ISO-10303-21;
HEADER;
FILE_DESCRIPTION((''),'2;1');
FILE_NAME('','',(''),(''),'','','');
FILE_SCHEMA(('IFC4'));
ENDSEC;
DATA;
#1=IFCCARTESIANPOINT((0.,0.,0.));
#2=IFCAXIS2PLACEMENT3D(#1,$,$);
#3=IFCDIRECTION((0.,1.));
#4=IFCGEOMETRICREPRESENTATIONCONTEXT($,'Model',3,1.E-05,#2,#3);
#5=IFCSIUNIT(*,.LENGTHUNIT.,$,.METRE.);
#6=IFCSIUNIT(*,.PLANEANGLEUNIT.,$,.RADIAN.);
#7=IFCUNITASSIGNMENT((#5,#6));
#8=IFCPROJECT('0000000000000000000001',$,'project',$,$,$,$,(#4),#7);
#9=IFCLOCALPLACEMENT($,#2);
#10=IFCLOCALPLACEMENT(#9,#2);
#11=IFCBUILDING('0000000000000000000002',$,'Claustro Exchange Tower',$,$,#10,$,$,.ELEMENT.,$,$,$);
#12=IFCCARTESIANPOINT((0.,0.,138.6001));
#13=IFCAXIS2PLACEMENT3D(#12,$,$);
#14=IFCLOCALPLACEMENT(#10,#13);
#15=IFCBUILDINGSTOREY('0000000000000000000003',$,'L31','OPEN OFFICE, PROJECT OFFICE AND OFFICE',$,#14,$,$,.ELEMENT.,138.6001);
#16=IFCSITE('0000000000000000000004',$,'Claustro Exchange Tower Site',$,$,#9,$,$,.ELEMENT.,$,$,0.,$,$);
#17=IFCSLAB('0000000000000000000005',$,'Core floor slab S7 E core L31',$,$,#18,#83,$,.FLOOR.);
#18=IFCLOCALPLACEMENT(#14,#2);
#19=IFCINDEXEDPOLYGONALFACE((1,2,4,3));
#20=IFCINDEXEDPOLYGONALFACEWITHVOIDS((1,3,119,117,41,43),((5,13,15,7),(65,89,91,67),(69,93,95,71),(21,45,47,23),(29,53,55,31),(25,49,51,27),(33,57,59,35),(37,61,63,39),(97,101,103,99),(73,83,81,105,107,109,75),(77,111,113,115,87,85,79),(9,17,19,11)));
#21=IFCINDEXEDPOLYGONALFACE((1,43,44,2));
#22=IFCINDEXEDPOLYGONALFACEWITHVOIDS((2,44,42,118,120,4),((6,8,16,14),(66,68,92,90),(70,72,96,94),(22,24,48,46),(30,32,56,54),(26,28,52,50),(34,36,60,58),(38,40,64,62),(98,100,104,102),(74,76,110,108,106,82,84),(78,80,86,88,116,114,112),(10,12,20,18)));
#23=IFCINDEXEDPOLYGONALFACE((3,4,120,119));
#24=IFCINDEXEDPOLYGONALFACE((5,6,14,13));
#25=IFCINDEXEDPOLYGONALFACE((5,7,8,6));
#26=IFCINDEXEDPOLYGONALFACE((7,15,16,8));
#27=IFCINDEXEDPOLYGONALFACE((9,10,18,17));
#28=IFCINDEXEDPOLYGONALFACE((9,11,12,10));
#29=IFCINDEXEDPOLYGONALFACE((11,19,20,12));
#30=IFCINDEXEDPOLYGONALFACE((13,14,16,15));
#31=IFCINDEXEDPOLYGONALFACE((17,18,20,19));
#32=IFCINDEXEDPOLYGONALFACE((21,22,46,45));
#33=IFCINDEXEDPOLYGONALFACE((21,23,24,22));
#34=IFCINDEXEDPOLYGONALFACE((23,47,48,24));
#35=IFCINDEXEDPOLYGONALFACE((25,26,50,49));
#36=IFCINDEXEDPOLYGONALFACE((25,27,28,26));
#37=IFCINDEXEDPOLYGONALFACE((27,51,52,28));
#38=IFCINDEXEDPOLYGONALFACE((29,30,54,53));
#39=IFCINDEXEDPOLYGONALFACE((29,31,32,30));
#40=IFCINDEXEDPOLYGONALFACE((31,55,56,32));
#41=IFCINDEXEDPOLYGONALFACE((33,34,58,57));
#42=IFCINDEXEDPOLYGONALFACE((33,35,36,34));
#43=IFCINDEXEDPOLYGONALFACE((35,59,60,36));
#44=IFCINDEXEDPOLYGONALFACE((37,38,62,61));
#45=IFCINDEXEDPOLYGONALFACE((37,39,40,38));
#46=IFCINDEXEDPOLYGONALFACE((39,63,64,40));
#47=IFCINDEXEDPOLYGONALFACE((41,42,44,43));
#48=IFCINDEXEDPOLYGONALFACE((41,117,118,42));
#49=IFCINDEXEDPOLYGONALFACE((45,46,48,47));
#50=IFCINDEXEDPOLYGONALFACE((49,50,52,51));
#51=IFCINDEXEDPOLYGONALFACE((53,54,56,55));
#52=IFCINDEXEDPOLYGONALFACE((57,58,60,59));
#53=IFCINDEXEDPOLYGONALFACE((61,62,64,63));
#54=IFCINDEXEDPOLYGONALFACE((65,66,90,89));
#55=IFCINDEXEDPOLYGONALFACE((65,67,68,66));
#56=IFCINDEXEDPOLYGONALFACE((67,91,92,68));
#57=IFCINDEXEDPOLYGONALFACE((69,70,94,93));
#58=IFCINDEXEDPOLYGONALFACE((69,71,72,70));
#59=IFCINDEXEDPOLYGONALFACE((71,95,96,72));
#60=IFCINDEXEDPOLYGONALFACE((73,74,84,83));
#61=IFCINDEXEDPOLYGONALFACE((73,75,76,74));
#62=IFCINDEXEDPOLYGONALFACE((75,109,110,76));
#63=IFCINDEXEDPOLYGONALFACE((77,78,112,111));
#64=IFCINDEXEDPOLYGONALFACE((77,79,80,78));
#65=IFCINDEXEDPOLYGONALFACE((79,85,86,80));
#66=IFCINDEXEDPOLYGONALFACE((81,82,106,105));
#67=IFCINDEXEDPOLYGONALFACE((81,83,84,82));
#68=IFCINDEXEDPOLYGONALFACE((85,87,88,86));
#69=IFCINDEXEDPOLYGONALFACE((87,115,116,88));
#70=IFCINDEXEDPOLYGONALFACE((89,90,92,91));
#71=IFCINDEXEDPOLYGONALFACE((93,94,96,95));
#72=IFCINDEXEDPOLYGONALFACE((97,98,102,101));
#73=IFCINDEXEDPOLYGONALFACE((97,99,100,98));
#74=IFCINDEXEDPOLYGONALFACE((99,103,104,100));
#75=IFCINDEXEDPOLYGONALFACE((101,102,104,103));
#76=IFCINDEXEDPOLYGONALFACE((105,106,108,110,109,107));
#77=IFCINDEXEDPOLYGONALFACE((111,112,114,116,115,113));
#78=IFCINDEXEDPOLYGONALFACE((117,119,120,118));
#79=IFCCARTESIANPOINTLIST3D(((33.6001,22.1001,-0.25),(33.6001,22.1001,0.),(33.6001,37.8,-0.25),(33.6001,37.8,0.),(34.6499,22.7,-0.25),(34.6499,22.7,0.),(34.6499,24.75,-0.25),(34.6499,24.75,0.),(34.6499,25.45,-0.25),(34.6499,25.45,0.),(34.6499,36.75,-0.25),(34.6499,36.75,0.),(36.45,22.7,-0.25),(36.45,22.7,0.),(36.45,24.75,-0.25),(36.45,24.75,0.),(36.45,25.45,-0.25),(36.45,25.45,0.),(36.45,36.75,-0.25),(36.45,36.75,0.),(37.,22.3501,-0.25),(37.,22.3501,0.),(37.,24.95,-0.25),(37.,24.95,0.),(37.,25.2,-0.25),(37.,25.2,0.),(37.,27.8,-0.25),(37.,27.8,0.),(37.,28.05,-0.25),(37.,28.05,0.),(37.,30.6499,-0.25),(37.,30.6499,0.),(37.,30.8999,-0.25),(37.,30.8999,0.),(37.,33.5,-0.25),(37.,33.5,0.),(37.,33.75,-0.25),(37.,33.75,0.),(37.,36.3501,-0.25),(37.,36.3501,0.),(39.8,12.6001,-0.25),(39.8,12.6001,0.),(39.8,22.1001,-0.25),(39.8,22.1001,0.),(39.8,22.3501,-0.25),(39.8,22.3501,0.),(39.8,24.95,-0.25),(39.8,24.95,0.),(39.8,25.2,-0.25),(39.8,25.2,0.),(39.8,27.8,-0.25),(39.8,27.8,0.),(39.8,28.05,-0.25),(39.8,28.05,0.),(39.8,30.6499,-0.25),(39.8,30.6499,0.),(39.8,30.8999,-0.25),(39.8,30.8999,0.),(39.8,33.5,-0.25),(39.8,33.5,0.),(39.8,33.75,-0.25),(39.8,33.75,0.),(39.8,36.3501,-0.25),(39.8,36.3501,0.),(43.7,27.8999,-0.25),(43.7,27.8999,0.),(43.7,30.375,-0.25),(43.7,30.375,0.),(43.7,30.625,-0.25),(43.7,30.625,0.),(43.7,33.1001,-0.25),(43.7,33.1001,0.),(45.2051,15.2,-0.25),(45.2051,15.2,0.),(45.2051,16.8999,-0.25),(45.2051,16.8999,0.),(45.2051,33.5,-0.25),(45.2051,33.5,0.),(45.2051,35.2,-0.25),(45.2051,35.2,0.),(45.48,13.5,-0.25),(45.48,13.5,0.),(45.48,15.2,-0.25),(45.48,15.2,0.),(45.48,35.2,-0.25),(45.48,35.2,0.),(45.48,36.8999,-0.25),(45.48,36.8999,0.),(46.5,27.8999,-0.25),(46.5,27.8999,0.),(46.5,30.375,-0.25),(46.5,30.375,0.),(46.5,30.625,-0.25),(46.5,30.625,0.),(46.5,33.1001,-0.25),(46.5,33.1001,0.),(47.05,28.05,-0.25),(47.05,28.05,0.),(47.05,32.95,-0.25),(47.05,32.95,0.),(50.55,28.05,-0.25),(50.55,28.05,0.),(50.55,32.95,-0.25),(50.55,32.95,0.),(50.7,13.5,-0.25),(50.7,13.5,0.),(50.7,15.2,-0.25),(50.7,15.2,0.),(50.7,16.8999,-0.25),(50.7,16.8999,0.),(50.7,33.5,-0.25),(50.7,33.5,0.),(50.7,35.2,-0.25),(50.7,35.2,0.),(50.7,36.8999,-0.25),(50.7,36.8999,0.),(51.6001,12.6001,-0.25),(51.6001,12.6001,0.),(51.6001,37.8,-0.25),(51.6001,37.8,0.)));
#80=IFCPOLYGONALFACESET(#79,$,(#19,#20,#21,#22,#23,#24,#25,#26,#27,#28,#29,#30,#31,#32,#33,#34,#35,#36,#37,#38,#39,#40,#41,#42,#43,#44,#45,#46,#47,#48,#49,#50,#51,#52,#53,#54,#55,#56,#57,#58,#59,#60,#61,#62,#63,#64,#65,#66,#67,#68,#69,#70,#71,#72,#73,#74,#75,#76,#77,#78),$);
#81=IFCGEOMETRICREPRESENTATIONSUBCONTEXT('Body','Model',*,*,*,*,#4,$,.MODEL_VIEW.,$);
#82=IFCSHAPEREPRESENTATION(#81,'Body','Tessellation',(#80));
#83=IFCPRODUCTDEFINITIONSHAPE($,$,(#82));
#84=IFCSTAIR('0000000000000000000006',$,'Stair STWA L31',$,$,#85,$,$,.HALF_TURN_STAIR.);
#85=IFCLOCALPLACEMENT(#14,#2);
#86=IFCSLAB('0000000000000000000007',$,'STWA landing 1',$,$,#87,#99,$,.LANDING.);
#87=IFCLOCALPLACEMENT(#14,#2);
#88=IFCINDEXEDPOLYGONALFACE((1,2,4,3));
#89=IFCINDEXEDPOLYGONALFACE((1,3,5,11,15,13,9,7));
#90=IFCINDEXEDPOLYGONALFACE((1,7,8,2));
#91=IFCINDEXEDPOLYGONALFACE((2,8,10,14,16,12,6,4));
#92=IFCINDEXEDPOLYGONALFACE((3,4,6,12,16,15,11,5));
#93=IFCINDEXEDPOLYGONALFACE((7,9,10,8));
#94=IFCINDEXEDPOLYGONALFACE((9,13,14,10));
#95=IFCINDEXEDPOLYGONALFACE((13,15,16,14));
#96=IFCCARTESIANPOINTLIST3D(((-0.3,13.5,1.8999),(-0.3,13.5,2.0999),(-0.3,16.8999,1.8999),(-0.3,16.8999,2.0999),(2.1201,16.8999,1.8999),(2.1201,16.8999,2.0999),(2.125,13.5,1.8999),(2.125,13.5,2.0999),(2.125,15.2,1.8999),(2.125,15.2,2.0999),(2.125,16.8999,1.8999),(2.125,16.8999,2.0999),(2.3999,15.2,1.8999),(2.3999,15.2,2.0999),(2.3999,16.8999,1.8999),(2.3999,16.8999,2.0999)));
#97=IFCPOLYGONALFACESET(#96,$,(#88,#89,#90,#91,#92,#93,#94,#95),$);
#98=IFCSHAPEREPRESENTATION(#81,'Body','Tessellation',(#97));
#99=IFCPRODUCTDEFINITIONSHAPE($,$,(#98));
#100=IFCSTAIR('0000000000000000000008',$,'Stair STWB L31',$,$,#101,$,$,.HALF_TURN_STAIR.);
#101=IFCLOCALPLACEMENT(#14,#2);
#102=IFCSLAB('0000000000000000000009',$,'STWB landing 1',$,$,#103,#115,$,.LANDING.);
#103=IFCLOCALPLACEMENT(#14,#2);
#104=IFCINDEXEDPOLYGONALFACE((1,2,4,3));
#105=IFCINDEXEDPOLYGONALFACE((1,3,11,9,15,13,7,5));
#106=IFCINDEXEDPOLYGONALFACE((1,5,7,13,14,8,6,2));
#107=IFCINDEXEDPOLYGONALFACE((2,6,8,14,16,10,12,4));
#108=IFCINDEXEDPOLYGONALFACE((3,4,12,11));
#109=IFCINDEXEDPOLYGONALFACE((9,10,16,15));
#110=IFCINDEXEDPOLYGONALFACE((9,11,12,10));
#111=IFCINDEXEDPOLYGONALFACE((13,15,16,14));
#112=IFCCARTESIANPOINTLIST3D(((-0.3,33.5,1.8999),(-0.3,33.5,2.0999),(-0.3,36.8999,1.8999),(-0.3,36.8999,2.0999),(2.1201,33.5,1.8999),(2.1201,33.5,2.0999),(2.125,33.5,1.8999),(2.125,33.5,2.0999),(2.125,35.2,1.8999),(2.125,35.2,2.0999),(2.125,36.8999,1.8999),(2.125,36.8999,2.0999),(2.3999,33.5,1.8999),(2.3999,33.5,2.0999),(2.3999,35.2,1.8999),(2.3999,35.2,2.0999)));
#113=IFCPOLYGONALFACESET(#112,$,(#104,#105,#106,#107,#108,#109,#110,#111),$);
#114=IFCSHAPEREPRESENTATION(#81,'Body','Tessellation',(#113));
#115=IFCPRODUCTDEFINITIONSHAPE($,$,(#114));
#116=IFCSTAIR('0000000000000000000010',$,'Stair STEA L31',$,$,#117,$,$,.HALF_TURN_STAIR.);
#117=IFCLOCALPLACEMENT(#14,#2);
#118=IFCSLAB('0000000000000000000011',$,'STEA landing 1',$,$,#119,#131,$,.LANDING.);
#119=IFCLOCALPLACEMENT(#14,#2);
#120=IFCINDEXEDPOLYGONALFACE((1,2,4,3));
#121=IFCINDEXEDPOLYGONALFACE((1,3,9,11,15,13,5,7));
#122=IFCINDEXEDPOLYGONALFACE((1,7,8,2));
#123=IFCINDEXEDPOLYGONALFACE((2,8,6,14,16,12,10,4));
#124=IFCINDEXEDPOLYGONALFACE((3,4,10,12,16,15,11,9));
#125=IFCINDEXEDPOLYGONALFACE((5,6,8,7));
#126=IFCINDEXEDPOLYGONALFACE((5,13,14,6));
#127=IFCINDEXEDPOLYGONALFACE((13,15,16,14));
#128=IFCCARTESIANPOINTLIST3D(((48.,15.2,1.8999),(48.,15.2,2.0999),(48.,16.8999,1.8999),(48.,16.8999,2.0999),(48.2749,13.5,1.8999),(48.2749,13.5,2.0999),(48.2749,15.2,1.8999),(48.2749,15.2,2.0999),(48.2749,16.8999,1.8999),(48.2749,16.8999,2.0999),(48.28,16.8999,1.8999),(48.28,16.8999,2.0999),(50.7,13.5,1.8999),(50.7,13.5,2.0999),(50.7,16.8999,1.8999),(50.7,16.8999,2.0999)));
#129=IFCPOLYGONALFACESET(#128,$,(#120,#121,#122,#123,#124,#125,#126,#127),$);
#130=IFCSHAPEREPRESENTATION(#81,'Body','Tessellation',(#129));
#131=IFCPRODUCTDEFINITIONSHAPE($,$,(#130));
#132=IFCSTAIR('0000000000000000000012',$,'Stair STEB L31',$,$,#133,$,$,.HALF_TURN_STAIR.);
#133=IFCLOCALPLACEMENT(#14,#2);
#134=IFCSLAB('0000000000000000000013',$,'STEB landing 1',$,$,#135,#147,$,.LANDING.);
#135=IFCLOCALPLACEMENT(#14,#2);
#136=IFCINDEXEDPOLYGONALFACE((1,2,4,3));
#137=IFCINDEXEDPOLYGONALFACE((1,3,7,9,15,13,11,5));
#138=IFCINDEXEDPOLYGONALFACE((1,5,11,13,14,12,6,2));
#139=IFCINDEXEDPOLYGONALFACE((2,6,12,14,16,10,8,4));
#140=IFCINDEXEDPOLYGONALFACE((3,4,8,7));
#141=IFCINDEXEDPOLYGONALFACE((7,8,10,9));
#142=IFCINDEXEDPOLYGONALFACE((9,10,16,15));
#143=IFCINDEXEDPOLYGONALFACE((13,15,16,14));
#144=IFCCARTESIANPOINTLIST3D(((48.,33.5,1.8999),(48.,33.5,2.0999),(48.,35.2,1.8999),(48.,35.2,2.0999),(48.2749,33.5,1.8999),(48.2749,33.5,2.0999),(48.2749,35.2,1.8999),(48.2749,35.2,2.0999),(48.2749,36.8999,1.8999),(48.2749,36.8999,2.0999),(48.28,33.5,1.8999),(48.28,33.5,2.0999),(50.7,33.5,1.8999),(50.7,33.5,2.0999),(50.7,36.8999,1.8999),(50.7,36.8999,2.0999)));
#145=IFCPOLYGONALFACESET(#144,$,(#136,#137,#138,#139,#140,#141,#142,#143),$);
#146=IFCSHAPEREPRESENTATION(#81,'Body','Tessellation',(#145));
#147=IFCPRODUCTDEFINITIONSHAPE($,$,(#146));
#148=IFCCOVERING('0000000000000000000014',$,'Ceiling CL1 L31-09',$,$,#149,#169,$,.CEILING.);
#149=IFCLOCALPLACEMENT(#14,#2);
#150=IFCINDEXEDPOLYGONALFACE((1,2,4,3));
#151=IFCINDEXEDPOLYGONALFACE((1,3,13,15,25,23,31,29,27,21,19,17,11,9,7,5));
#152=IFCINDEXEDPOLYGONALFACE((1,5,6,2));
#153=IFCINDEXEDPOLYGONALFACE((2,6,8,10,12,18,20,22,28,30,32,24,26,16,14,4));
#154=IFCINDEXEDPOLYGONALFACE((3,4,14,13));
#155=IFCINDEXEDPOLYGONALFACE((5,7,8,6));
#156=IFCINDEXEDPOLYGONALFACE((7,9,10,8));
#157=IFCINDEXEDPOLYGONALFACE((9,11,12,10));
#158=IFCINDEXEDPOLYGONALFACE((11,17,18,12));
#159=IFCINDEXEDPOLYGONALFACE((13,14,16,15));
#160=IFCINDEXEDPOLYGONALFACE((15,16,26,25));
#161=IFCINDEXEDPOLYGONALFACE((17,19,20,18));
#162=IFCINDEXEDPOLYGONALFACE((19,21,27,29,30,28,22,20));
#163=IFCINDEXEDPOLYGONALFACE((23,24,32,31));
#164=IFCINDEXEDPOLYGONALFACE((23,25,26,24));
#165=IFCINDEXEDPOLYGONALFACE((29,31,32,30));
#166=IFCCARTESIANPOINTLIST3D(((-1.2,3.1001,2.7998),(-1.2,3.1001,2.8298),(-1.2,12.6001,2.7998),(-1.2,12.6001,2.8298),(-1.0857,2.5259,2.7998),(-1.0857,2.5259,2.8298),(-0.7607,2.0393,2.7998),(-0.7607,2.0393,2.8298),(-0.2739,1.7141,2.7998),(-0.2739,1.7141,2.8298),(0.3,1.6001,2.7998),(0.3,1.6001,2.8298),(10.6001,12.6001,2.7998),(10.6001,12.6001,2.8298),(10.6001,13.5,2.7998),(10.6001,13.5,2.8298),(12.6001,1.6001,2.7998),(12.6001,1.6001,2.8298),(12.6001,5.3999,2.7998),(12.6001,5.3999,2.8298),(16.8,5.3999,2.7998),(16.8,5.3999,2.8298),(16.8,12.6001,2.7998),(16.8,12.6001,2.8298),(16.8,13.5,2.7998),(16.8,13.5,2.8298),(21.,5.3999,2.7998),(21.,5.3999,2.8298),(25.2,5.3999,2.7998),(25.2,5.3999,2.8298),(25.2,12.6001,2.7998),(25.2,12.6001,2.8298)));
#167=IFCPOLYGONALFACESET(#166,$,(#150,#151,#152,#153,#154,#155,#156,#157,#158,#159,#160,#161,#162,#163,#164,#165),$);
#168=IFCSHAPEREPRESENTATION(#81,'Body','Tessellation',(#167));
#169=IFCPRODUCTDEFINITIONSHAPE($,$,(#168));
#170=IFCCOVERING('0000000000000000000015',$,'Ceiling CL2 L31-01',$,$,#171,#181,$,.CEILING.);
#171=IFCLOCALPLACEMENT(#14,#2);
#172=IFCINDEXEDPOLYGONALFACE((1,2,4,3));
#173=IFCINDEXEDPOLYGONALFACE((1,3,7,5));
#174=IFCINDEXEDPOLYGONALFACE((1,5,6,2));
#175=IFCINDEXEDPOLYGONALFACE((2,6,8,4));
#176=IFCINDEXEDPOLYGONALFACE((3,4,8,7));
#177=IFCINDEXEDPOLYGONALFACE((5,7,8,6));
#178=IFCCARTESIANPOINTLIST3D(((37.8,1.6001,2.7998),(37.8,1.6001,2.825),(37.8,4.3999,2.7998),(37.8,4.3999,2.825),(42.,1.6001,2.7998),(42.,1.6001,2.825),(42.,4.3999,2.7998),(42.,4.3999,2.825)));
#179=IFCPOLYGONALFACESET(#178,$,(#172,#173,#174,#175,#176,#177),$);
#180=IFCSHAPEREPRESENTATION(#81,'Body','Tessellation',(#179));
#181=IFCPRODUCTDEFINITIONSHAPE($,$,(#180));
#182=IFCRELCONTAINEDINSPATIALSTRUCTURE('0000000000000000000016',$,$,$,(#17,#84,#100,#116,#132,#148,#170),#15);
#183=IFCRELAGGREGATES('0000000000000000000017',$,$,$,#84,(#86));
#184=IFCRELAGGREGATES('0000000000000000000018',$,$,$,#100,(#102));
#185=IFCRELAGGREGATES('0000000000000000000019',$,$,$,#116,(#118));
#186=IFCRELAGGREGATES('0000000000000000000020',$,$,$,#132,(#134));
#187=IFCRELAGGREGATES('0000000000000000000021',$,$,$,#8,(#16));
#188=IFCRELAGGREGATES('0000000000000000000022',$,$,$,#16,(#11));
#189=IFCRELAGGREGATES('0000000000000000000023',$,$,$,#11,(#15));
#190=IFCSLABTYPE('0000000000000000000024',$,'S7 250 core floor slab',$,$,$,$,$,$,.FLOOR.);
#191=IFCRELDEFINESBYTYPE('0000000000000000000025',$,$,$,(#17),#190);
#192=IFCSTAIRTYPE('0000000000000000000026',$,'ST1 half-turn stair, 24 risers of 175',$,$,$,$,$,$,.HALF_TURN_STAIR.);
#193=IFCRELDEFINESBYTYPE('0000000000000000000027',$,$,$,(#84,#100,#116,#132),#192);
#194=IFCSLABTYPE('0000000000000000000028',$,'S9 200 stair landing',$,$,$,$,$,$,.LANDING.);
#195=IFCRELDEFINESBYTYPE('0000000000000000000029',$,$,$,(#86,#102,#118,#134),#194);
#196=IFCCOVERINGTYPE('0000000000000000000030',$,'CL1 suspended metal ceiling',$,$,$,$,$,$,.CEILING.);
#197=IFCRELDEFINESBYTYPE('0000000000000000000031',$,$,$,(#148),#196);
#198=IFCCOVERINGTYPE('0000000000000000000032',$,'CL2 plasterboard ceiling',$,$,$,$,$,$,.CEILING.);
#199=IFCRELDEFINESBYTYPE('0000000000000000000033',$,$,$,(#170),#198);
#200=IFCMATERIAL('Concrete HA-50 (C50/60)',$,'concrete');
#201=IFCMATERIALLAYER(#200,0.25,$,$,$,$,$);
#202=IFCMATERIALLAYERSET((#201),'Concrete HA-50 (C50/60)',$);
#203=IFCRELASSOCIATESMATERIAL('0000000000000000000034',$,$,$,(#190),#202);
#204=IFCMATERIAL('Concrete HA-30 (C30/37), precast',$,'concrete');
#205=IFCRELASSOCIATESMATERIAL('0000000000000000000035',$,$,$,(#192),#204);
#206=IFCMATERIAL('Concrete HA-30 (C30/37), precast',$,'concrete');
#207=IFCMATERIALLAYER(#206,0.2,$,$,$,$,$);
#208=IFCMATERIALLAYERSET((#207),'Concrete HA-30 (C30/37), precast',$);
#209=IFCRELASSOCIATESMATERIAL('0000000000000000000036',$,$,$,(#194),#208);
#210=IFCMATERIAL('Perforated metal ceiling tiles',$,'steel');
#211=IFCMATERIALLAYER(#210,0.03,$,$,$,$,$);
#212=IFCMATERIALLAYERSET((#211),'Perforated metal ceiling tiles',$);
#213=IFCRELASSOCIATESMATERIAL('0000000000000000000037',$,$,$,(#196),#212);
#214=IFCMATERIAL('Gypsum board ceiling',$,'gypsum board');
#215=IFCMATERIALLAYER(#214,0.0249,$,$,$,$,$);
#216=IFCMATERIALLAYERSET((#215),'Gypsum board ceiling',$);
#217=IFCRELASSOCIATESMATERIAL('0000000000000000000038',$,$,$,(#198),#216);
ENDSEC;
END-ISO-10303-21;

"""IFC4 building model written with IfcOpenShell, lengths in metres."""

from ifc_helpers import new_model, si_unit, direction, frame, origin, place, context, subcontext, project, spatial, polyline, outline, extrude, material, layer, layer_set, type_object, element, aggregate, save


model = new_model("IFC4")

# Units and contexts
model_context = context("Model", 3, precision=1e-05, world=origin(), true_north=direction((0.0, 1.0)))
body_context = subcontext(model_context, "Body", "Model", "MODEL_VIEW")
ifc_project = project(units=[si_unit("LENGTHUNIT", "METRE"), si_unit("PLANEANGLEUNIT", "RADIAN")], contexts=[model_context])

# Site, building, storey
site_placement = place(None, origin())
site = spatial("IfcSite", under=ifc_project, at=site_placement, Name="Claustro Exchange Tower Site", CompositionType="ELEMENT", RefElevation=0.0)
building_placement = place(site_placement, origin())
building = spatial("IfcBuilding", under=site, at=building_placement, Name="Claustro Exchange Tower", CompositionType="ELEMENT")
storey_placement = place(building_placement, frame((0.0, 0.0, 138.6001)))
storey = spatial("IfcBuildingStorey", under=building, at=storey_placement, Name="L31", Description="OPEN OFFICE, PROJECT OFFICE AND OFFICE", CompositionType="ELEMENT", Elevation=138.6001)

# Slab
ifc_material_1 = material(Name="Concrete HA-50 (C50/60)", Category="concrete")
ifc_layer_1 = layer(ifc_material_1, 0.25)
ifc_layer_set_1 = layer_set([ifc_layer_1], Name="Concrete HA-50 (C50/60)")
slab_type_1 = type_object("IfcSlabType", Name="S7 250 core floor slab", PredefinedType="FLOOR", material=ifc_layer_set_1)
slab_1_placement = place(storey_placement, frame((0.0, 0.0, -0.25)))
element("IfcSlab", 1, at=slab_1_placement, inside=storey, type_object=slab_type_1, Name="Core floor slab S7 E core L31", PredefinedType="FLOOR", context=body_context, shape_type="SweptSolid", body=[
    extrude(outline(polyline([(51.6001, 37.8), (33.6001, 37.8), (33.6001, 22.1001), (39.8, 22.1001), (39.8, 12.6001), (51.6001, 12.6001), (51.6001, 37.8)]), holes=[polyline([(45.48, 15.2), (45.2051, 15.2), (45.2051, 16.8999), (50.7, 16.8999), (50.7, 15.2), (50.7, 13.5), (45.48, 13.5), (45.48, 15.2)]), polyline([(45.48, 35.2), (45.48, 36.8999), (50.7, 36.8999), (50.7, 35.2), (50.7, 33.5), (45.2051, 33.5), (45.2051, 35.2), (45.48, 35.2)]), polyline([(50.55, 32.95), (50.55, 28.05), (47.05, 28.05), (47.05, 32.95), (50.55, 32.95)]), polyline([(43.7, 33.1001), (46.5, 33.1001), (46.5, 30.625), (43.7, 30.625), (43.7, 33.1001)]), polyline([(46.5, 30.375), (46.5, 27.8999), (43.7, 27.8999), (43.7, 30.375), (46.5, 30.375)]), polyline([(37.0, 24.95), (39.8, 24.95), (39.8, 22.3501), (37.0, 22.3501), (37.0, 24.95)]), polyline([(37.0, 30.6499), (39.8, 30.6499), (39.8, 28.05), (37.0, 28.05), (37.0, 30.6499)]), polyline([(39.8, 27.8), (39.8, 25.2), (37.0, 25.2), (37.0, 27.8), (39.8, 27.8)]), polyline([(39.8, 33.5), (39.8, 30.8999), (37.0, 30.8999), (37.0, 33.5), (39.8, 33.5)]), polyline([(39.8, 36.3501), (39.8, 33.75), (37.0, 33.75), (37.0, 36.3501), (39.8, 36.3501)]), polyline([(36.45, 24.75), (36.45, 22.7), (34.6499, 22.7), (34.6499, 24.75), (36.45, 24.75)]), polyline([(36.45, 36.75), (36.45, 25.45), (34.6499, 25.45), (34.6499, 36.75), (36.45, 36.75)])]), origin(), (0.0, 0.0, 1.0), 0.25),
])

# Stairs, slabs
ifc_material_2 = material(Name="Concrete HA-30 (C30/37), precast", Category="concrete")
stair_type = type_object("IfcStairType", Name="ST1 half-turn stair, 24 risers of 175", PredefinedType="HALF_TURN_STAIR", material=ifc_material_2)
stair_1_placement = place(storey_placement, origin())
stair_1 = element("IfcStair", 2, at=stair_1_placement, inside=storey, type_object=stair_type, Name="Stair STWA L31", PredefinedType="HALF_TURN_STAIR")
ifc_material_3 = material(Name="Concrete HA-30 (C30/37), precast", Category="concrete")
ifc_layer_2 = layer(ifc_material_3, 0.2)
ifc_layer_set_2 = layer_set([ifc_layer_2], Name="Concrete HA-30 (C30/37), precast")
slab_type_2 = type_object("IfcSlabType", Name="S9 200 stair landing", PredefinedType="LANDING", material=ifc_layer_set_2)
slab_2_placement = place(storey_placement, frame((0.0, 0.0, 1.8999)))
slab_2 = element("IfcSlab", 3, at=slab_2_placement, type_object=slab_type_2, Name="STWA landing 1", PredefinedType="LANDING", context=body_context, shape_type="SweptSolid", body=[
    extrude(outline(polyline([(2.125, 13.5), (-0.3, 13.5), (-0.3, 16.8999), (2.1201, 16.8999), (2.125, 16.8999), (2.3999, 16.8999), (2.3999, 15.2), (2.125, 15.2), (2.125, 13.5)])), origin(), (0.0, 0.0, 1.0), 0.2),
])
aggregate(stair_1, [slab_2])
stair_2_placement = place(storey_placement, origin())
stair_2 = element("IfcStair", 4, at=stair_2_placement, inside=storey, type_object=stair_type, Name="Stair STWB L31", PredefinedType="HALF_TURN_STAIR")
slab_3_placement = place(storey_placement, frame((0.0, 0.0, 1.8999)))
slab_3 = element("IfcSlab", 5, at=slab_3_placement, type_object=slab_type_2, Name="STWB landing 1", PredefinedType="LANDING", context=body_context, shape_type="SweptSolid", body=[
    extrude(outline(polyline([(2.3999, 35.2), (2.3999, 33.5), (2.125, 33.5), (2.1201, 33.5), (-0.3, 33.5), (-0.3, 36.8999), (2.125, 36.8999), (2.125, 35.2), (2.3999, 35.2)])), origin(), (0.0, 0.0, 1.0), 0.2),
])
aggregate(stair_2, [slab_3])
stair_3_placement = place(storey_placement, origin())
stair_3 = element("IfcStair", 6, at=stair_3_placement, inside=storey, type_object=stair_type, Name="Stair STEA L31", PredefinedType="HALF_TURN_STAIR")
slab_4_placement = place(storey_placement, frame((0.0, 0.0, 1.8999)))
slab_4 = element("IfcSlab", 7, at=slab_4_placement, type_object=slab_type_2, Name="STEA landing 1", PredefinedType="LANDING", context=body_context, shape_type="SweptSolid", body=[
    extrude(outline(polyline([(50.7, 16.8999), (50.7, 13.5), (48.2749, 13.5), (48.2749, 15.2), (48.0, 15.2), (48.0, 16.8999), (48.2749, 16.8999), (48.28, 16.8999), (50.7, 16.8999)])), origin(), (0.0, 0.0, 1.0), 0.2),
])
aggregate(stair_3, [slab_4])
stair_4_placement = place(storey_placement, origin())
stair_4 = element("IfcStair", 8, at=stair_4_placement, inside=storey, type_object=stair_type, Name="Stair STEB L31", PredefinedType="HALF_TURN_STAIR")
slab_5_placement = place(storey_placement, frame((0.0, 0.0, 1.8999)))
slab_5 = element("IfcSlab", 9, at=slab_5_placement, type_object=slab_type_2, Name="STEB landing 1", PredefinedType="LANDING", context=body_context, shape_type="SweptSolid", body=[
    extrude(outline(polyline([(48.0, 33.5), (48.0, 35.2), (48.2749, 35.2), (48.2749, 36.8999), (50.7, 36.8999), (50.7, 33.5), (48.28, 33.5), (48.2749, 33.5), (48.0, 33.5)])), origin(), (0.0, 0.0, 1.0), 0.2),
])
aggregate(stair_4, [slab_5])

# Coverings
ifc_material_4 = material(Name="Perforated metal ceiling tiles", Category="steel")
ifc_layer_3 = layer(ifc_material_4, 0.03)
ifc_layer_set_3 = layer_set([ifc_layer_3], Name="Perforated metal ceiling tiles")
covering_type_1 = type_object("IfcCoveringType", Name="CL1 suspended metal ceiling", PredefinedType="CEILING", material=ifc_layer_set_3)
covering_1_placement = place(storey_placement, frame((0.0, 0.0, 2.7998)))
element("IfcCovering", 10, at=covering_1_placement, inside=storey, type_object=covering_type_1, Name="Ceiling CL1 L31-09", PredefinedType="CEILING", context=body_context, shape_type="SweptSolid", body=[
    extrude(outline(polyline([(-1.2, 12.6001), (-1.2, 3.1001), (-1.0857, 2.5259), (-0.7607, 2.0393), (-0.2739, 1.7141), (0.3, 1.6001), (12.6001, 1.6001), (12.6001, 5.3999), (16.8, 5.3999), (21.0, 5.3999), (25.2, 5.3999), (25.2, 12.6001), (16.8, 12.6001), (16.8, 13.5), (10.6001, 13.5), (10.6001, 12.6001), (-1.2, 12.6001)])), origin(), (0.0, 0.0, 1.0), 0.03),
])
ifc_material_5 = material(Name="Gypsum board ceiling", Category="gypsum board")
ifc_layer_4 = layer(ifc_material_5, 0.0249)
ifc_layer_set_4 = layer_set([ifc_layer_4], Name="Gypsum board ceiling")
covering_type_2 = type_object("IfcCoveringType", Name="CL2 plasterboard ceiling", PredefinedType="CEILING", material=ifc_layer_set_4)
covering_2_placement = place(storey_placement, frame((0.0, 0.0, 2.7998)))
element("IfcCovering", 11, at=covering_2_placement, inside=storey, type_object=covering_type_2, Name="Ceiling CL2 L31-01", PredefinedType="CEILING", context=body_context, shape_type="SweptSolid", body=[
    extrude(outline(polyline([(37.8, 1.6001), (42.0, 1.6001), (42.0, 4.3999), (37.8, 4.3999), (37.8, 1.6001)])), origin(), (0.0, 0.0, 1.0), 0.0251),
])

save(model, "model.ifc")
